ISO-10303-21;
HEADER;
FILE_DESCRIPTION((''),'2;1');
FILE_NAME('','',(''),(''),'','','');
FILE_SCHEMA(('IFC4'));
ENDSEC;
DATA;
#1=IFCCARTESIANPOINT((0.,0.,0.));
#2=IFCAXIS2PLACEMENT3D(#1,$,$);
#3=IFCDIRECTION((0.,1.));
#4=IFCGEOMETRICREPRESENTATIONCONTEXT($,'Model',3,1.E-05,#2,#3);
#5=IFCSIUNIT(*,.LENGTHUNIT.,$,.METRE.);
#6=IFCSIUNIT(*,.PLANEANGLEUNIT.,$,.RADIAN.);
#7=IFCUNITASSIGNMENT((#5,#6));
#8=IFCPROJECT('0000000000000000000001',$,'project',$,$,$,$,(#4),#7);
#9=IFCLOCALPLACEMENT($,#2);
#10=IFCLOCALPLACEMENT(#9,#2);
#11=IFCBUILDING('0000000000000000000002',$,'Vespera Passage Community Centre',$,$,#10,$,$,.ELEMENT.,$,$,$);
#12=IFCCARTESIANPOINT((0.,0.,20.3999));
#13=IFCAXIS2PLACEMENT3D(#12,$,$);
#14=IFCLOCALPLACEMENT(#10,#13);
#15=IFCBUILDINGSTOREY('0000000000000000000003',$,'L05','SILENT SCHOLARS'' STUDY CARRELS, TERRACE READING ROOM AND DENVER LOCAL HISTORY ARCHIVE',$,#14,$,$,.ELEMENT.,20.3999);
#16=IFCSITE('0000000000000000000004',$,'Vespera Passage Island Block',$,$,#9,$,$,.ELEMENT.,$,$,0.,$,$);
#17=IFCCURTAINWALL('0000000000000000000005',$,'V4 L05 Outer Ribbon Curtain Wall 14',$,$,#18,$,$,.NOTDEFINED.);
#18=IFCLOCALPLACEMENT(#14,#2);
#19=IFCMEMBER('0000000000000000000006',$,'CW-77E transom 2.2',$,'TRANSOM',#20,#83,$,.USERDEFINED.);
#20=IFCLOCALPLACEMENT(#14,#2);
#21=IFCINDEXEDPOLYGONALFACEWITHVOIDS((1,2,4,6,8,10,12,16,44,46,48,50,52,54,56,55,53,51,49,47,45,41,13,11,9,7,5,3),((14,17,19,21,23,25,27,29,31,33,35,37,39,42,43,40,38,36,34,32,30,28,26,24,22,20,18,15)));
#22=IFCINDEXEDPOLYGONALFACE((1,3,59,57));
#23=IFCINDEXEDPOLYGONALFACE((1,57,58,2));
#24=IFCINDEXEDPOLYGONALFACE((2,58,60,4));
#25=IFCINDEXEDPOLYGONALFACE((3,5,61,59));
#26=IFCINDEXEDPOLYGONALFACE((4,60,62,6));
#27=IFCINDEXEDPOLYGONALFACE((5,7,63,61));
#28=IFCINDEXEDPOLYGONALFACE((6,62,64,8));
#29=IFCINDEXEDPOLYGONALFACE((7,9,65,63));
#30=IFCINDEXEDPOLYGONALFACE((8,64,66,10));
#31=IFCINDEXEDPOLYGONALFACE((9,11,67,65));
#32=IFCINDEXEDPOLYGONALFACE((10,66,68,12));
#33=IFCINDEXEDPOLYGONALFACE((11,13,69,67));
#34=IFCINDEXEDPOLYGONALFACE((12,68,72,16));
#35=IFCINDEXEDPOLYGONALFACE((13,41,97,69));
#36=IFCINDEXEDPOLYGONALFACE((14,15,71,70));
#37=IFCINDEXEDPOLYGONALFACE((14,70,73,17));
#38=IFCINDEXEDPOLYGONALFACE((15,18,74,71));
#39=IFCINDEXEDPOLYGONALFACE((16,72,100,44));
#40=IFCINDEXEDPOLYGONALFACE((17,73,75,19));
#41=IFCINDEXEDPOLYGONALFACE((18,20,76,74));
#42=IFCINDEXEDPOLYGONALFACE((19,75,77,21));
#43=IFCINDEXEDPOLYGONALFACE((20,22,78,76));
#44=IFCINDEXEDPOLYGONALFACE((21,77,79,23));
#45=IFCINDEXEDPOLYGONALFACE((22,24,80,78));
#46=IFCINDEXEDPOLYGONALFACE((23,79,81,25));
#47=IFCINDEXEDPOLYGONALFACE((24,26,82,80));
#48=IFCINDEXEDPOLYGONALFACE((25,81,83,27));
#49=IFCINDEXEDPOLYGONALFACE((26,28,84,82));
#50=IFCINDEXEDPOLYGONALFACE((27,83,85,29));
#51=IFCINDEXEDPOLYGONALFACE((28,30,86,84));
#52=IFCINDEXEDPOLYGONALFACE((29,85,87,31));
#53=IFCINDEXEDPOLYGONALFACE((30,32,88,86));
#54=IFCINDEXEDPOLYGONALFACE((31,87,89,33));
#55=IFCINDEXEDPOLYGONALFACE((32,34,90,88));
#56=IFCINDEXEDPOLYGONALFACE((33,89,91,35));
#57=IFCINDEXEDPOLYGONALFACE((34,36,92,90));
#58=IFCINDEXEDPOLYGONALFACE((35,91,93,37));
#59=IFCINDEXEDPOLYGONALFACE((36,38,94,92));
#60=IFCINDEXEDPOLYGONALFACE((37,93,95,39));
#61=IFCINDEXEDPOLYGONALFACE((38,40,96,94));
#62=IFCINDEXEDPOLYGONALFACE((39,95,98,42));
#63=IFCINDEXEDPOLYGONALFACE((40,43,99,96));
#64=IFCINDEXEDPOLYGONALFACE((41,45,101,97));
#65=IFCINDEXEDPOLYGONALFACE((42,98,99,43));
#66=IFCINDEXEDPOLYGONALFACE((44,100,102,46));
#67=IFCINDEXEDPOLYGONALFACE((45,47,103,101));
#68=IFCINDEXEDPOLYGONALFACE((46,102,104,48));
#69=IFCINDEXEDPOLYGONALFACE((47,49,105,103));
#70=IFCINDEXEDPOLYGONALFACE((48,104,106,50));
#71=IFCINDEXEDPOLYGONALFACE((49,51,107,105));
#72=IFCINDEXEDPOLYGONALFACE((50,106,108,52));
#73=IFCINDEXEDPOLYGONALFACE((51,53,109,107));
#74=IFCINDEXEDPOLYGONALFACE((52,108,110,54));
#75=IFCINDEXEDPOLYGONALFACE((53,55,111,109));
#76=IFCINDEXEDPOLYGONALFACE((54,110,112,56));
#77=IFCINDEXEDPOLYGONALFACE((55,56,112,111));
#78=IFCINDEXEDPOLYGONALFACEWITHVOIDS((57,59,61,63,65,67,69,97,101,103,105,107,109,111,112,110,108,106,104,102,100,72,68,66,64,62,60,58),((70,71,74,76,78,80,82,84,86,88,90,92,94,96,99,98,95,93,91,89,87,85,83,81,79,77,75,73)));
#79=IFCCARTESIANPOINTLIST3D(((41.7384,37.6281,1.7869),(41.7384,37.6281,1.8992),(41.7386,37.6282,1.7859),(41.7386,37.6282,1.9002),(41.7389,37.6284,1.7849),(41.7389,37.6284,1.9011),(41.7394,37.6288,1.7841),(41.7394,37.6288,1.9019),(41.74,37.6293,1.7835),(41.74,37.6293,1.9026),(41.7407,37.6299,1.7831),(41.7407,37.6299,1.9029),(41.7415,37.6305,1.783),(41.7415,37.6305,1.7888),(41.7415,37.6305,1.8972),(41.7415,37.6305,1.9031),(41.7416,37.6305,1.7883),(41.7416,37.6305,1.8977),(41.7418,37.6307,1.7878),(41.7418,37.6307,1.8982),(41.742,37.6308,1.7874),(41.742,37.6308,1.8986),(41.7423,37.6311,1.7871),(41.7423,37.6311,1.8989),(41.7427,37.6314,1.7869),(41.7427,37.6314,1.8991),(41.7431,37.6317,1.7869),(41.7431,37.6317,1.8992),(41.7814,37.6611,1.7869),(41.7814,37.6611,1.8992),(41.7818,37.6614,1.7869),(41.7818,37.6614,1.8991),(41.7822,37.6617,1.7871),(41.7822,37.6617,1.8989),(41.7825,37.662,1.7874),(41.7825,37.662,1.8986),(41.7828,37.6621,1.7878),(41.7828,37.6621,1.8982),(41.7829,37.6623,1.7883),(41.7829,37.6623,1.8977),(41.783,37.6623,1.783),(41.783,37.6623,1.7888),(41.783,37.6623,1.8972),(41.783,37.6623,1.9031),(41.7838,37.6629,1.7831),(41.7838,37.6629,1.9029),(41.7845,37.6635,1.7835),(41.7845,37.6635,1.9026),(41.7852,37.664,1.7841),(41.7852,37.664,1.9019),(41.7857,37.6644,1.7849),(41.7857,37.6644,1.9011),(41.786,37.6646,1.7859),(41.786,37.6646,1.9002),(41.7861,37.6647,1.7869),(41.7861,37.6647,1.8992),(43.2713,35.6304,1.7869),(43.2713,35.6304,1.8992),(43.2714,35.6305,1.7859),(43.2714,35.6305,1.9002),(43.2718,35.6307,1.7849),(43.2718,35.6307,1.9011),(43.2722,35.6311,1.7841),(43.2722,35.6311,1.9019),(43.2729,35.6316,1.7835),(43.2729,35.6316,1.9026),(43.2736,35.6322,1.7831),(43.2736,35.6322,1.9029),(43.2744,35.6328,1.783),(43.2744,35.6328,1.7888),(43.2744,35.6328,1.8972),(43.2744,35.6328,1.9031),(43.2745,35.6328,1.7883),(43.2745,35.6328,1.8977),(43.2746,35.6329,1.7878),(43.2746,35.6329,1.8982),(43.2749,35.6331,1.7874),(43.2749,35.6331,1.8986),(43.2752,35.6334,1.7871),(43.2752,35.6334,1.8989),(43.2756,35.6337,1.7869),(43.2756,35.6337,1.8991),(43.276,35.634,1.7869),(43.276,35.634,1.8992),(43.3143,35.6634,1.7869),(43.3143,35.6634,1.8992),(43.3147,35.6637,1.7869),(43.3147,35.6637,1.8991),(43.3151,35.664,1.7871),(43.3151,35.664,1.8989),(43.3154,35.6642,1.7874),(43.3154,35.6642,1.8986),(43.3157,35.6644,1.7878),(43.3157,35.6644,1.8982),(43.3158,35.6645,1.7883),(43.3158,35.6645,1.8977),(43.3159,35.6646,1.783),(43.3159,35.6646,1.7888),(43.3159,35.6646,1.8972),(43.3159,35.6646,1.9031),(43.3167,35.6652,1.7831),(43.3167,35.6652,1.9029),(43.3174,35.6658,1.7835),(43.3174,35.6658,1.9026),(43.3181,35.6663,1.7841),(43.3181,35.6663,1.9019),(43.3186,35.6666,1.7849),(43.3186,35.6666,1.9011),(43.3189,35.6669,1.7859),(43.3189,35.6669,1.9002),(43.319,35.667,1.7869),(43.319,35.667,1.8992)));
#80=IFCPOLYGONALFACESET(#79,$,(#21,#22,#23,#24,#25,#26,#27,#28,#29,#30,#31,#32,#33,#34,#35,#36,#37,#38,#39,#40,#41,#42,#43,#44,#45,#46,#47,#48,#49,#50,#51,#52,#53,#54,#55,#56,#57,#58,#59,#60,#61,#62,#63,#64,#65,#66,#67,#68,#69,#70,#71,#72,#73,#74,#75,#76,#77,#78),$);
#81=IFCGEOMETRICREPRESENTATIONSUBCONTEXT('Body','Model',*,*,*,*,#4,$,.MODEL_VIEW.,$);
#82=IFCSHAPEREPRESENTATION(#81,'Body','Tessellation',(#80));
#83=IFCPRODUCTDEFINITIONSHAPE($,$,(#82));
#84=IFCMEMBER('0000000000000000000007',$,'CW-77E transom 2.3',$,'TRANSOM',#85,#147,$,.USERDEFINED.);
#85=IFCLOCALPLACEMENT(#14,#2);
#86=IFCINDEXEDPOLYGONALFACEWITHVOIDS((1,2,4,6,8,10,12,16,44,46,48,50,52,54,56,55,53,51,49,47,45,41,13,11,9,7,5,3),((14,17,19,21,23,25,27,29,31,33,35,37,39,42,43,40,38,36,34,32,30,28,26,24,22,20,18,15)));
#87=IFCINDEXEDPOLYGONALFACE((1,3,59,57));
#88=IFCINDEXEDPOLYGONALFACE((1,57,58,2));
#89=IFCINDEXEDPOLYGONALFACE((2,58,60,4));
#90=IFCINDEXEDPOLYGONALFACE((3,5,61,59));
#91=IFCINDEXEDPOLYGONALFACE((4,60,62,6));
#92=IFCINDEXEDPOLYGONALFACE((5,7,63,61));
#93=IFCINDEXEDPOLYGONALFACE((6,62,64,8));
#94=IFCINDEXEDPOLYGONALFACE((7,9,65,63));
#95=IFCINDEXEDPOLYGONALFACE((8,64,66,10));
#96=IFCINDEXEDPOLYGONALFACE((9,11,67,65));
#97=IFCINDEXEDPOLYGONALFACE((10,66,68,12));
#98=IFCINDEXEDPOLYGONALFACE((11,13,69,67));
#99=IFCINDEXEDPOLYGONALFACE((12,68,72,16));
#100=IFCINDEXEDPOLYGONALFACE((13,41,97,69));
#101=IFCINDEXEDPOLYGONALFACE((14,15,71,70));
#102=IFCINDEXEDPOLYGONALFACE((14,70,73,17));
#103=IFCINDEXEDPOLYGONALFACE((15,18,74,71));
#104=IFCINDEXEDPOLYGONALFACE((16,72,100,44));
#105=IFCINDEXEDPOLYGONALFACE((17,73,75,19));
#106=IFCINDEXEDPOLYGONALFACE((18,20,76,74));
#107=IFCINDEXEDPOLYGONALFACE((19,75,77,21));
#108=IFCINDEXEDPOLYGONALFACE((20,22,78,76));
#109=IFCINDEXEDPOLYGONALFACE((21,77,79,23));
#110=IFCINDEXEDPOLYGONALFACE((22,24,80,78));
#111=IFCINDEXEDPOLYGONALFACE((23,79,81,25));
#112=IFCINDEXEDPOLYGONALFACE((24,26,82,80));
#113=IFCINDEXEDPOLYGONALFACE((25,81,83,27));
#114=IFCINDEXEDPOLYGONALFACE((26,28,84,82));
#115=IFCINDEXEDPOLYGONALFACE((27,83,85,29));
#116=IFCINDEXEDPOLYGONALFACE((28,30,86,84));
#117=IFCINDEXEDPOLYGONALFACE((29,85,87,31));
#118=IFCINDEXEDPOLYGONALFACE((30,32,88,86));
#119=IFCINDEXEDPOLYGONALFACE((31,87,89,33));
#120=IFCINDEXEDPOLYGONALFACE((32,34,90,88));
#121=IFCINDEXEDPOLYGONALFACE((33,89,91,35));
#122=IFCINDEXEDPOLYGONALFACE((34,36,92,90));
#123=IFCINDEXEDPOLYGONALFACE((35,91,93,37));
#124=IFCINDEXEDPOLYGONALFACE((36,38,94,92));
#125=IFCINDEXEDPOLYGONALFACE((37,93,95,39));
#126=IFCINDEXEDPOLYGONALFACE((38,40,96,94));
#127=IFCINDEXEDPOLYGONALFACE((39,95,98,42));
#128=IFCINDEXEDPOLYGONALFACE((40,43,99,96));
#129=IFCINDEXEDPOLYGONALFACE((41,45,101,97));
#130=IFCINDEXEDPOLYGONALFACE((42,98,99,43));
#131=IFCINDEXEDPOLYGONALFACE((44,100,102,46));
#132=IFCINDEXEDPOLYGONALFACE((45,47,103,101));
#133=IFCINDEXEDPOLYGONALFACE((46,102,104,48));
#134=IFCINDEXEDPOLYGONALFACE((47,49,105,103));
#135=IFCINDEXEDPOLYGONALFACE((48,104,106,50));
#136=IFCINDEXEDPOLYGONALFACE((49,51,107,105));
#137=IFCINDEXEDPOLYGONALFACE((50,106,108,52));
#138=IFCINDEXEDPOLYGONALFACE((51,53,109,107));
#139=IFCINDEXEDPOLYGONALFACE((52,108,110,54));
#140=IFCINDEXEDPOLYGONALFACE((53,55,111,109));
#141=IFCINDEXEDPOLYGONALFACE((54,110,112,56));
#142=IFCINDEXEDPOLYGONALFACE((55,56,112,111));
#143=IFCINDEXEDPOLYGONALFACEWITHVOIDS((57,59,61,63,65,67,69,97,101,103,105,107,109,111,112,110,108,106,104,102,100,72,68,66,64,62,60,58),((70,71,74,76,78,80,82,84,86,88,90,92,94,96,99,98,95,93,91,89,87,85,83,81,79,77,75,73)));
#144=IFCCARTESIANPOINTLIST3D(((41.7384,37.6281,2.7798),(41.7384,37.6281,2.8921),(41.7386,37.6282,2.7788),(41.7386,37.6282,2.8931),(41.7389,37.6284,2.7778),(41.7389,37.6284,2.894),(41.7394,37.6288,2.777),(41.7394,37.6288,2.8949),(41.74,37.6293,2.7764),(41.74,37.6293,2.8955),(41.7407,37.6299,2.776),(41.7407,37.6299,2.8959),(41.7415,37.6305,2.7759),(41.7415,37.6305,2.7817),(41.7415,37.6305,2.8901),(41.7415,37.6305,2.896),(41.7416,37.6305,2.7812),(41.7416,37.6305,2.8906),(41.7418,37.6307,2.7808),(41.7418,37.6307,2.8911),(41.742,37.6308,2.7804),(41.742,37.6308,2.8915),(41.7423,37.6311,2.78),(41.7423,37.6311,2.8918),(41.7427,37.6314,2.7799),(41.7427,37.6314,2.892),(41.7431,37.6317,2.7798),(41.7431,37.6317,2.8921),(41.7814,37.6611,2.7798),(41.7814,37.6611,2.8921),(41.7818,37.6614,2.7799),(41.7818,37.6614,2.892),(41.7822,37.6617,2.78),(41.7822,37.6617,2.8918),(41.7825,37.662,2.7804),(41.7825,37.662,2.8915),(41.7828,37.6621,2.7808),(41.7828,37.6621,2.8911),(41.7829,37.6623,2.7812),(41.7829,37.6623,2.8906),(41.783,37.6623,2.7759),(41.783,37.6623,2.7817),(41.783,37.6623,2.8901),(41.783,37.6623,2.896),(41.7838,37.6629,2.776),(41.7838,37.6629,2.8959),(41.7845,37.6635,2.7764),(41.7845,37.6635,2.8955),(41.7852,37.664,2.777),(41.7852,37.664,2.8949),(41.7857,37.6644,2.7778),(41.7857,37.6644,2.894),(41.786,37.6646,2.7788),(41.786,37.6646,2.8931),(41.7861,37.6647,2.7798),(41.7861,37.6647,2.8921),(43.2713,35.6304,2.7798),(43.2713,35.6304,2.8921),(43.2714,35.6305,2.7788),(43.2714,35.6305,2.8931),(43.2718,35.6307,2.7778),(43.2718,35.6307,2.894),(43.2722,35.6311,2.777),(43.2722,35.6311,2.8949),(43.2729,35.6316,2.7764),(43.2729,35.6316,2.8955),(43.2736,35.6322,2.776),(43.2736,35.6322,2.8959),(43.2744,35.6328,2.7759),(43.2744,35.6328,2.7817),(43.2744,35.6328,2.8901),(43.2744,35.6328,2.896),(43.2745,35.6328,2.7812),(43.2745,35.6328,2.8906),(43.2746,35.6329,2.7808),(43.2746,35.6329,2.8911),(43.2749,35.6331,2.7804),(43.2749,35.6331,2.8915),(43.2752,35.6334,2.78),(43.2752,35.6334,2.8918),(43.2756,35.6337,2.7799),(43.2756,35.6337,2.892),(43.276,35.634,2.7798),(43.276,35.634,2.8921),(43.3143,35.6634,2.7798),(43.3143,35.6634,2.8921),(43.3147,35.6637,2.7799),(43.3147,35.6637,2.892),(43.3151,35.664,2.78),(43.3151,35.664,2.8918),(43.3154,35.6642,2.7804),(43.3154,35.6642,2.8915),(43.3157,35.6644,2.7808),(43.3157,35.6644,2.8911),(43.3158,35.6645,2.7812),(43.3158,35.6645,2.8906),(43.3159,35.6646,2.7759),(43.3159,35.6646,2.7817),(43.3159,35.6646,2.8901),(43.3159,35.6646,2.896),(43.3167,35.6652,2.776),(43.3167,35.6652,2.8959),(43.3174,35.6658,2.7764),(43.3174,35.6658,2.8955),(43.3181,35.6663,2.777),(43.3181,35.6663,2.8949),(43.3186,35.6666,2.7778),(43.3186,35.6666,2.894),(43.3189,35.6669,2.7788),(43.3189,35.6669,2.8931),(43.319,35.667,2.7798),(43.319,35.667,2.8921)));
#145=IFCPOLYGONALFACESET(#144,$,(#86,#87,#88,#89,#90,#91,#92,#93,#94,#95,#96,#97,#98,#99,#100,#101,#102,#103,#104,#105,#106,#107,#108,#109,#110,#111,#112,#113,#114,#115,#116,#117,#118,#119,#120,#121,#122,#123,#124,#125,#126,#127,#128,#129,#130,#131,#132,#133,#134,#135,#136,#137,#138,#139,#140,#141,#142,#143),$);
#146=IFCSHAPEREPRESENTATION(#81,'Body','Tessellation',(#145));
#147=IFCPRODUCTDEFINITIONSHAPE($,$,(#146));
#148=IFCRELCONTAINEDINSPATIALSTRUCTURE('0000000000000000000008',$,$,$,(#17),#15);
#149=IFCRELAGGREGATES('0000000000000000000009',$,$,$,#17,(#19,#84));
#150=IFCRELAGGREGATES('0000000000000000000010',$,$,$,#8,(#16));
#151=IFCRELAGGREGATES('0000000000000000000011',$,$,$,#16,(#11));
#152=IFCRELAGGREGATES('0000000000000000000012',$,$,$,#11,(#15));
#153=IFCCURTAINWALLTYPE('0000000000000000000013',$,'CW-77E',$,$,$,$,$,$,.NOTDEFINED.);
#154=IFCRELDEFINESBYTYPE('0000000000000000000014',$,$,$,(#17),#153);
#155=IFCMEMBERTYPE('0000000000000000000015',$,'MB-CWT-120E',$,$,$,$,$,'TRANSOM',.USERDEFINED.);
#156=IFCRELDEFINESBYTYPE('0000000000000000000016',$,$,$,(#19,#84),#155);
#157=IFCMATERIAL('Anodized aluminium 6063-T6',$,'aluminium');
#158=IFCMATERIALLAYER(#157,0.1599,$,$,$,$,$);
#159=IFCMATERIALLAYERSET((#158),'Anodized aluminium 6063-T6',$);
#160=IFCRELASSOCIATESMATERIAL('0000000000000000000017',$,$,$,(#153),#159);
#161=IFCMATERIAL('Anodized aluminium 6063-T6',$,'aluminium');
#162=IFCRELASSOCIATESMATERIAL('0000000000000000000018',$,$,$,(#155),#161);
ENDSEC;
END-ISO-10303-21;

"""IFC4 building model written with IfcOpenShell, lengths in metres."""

from ifc_helpers import new_model, si_unit, direction, frame, origin, origin_2d, place, context, subcontext, project, spatial, hollow_rectangle, extrude, material, layer, layer_set, material_profile, profile_set, type_object, element, aggregate, save


model = new_model("IFC4")

# Units and contexts
model_context = context("Model", 3, precision=1e-05, world=origin(), true_north=direction((0.0, 1.0)))
body_context = subcontext(model_context, "Body", "Model", "MODEL_VIEW")
ifc_project = project(units=[si_unit("LENGTHUNIT", "METRE"), si_unit("PLANEANGLEUNIT", "RADIAN")], contexts=[model_context])

# Site, building, storey
site_placement = place(None, origin())
site = spatial("IfcSite", under=ifc_project, at=site_placement, Name="Vespera Passage Island Block", CompositionType="ELEMENT", RefElevation=0.0)
building_placement = place(site_placement, origin())
building = spatial("IfcBuilding", under=site, at=building_placement, Name="Vespera Passage Community Centre", CompositionType="ELEMENT")
storey_placement = place(building_placement, frame((0.0, 0.0, 20.3999)))
storey = spatial("IfcBuildingStorey", under=building, at=storey_placement, Name="L05", Description="SILENT SCHOLARS' STUDY CARRELS, TERRACE READING ROOM AND DENVER LOCAL HISTORY ARCHIVE", CompositionType="ELEMENT", Elevation=20.3999)

# Curtain wall, members
ifc_material_1 = material(Name="Anodized aluminium 6063-T6", Category="aluminium")
ifc_layer_1 = layer(ifc_material_1, 0.1599)
ifc_layer_set_1 = layer_set([ifc_layer_1], Name="Anodized aluminium 6063-T6")
curtain_wall_type_1 = type_object("IfcCurtainWallType", Name="CW-77E", PredefinedType="NOTDEFINED", material=ifc_layer_set_1)
curtain_wall_1_placement = place(storey_placement, origin())
curtain_wall_1 = element("IfcCurtainWall", 1, at=curtain_wall_1_placement, inside=storey, type_object=curtain_wall_type_1, Name="V4 L05 Outer Ribbon Curtain Wall 14", PredefinedType="NOTDEFINED")
ifc_material_2 = material(Name="Anodized aluminium 6063-T6", Category="aluminium")
ifc_material_profile_1 = material_profile(ifc_material_2, hollow_rectangle(XDim=0.0601, YDim=0.1201, WallThickness=0.0039, InnerFilletRadius=0.002, OuterFilletRadius=0.0039, at=origin_2d()), Name="ALU120X60X4")
ifc_profile_set_1 = profile_set([ifc_material_profile_1], Name="Anodized aluminium 6063-T6")
member_type_1 = type_object("IfcMemberType", Name="MB-CWT-120E", ElementType="TRANSOM", PredefinedType="USERDEFINED", material=ifc_profile_set_1)
member_1_placement = place(storey_placement, frame((43.2952, 35.6487, 1.843), z_axis=(-0.608759, 0.793355, 0.0), x_axis=(-0.793355, -0.608759, 0.0)))
member_1 = element("IfcMember", 2, at=member_1_placement, type_object=member_type_1, Name="CW-77E transom 2.2", ObjectType="TRANSOM", PredefinedType="USERDEFINED", context=body_context, shape_type="SweptSolid", body=[
    extrude(hollow_rectangle(XDim=0.0601, YDim=0.1201, WallThickness=0.0039, InnerFilletRadius=0.002, OuterFilletRadius=0.0039, at=origin_2d()), origin(), (0.0, 0.0, 1.0), 2.5181),
])
member_2_placement = place(storey_placement, frame((43.2952, 35.6487, 2.8359), z_axis=(-0.608759, 0.793355, 0.0), x_axis=(-0.793355, -0.608759, 0.0)))
member_2 = element("IfcMember", 3, at=member_2_placement, type_object=member_type_1, Name="CW-77E transom 2.3", ObjectType="TRANSOM", PredefinedType="USERDEFINED", context=body_context, shape_type="SweptSolid", body=[
    extrude(hollow_rectangle(XDim=0.0601, YDim=0.1201, WallThickness=0.0039, InnerFilletRadius=0.002, OuterFilletRadius=0.0039, at=origin_2d()), origin(), (0.0, 0.0, 1.0), 2.5181),
])

aggregate(curtain_wall_1, [member_1, member_2])

save(model, "model.ifc")
